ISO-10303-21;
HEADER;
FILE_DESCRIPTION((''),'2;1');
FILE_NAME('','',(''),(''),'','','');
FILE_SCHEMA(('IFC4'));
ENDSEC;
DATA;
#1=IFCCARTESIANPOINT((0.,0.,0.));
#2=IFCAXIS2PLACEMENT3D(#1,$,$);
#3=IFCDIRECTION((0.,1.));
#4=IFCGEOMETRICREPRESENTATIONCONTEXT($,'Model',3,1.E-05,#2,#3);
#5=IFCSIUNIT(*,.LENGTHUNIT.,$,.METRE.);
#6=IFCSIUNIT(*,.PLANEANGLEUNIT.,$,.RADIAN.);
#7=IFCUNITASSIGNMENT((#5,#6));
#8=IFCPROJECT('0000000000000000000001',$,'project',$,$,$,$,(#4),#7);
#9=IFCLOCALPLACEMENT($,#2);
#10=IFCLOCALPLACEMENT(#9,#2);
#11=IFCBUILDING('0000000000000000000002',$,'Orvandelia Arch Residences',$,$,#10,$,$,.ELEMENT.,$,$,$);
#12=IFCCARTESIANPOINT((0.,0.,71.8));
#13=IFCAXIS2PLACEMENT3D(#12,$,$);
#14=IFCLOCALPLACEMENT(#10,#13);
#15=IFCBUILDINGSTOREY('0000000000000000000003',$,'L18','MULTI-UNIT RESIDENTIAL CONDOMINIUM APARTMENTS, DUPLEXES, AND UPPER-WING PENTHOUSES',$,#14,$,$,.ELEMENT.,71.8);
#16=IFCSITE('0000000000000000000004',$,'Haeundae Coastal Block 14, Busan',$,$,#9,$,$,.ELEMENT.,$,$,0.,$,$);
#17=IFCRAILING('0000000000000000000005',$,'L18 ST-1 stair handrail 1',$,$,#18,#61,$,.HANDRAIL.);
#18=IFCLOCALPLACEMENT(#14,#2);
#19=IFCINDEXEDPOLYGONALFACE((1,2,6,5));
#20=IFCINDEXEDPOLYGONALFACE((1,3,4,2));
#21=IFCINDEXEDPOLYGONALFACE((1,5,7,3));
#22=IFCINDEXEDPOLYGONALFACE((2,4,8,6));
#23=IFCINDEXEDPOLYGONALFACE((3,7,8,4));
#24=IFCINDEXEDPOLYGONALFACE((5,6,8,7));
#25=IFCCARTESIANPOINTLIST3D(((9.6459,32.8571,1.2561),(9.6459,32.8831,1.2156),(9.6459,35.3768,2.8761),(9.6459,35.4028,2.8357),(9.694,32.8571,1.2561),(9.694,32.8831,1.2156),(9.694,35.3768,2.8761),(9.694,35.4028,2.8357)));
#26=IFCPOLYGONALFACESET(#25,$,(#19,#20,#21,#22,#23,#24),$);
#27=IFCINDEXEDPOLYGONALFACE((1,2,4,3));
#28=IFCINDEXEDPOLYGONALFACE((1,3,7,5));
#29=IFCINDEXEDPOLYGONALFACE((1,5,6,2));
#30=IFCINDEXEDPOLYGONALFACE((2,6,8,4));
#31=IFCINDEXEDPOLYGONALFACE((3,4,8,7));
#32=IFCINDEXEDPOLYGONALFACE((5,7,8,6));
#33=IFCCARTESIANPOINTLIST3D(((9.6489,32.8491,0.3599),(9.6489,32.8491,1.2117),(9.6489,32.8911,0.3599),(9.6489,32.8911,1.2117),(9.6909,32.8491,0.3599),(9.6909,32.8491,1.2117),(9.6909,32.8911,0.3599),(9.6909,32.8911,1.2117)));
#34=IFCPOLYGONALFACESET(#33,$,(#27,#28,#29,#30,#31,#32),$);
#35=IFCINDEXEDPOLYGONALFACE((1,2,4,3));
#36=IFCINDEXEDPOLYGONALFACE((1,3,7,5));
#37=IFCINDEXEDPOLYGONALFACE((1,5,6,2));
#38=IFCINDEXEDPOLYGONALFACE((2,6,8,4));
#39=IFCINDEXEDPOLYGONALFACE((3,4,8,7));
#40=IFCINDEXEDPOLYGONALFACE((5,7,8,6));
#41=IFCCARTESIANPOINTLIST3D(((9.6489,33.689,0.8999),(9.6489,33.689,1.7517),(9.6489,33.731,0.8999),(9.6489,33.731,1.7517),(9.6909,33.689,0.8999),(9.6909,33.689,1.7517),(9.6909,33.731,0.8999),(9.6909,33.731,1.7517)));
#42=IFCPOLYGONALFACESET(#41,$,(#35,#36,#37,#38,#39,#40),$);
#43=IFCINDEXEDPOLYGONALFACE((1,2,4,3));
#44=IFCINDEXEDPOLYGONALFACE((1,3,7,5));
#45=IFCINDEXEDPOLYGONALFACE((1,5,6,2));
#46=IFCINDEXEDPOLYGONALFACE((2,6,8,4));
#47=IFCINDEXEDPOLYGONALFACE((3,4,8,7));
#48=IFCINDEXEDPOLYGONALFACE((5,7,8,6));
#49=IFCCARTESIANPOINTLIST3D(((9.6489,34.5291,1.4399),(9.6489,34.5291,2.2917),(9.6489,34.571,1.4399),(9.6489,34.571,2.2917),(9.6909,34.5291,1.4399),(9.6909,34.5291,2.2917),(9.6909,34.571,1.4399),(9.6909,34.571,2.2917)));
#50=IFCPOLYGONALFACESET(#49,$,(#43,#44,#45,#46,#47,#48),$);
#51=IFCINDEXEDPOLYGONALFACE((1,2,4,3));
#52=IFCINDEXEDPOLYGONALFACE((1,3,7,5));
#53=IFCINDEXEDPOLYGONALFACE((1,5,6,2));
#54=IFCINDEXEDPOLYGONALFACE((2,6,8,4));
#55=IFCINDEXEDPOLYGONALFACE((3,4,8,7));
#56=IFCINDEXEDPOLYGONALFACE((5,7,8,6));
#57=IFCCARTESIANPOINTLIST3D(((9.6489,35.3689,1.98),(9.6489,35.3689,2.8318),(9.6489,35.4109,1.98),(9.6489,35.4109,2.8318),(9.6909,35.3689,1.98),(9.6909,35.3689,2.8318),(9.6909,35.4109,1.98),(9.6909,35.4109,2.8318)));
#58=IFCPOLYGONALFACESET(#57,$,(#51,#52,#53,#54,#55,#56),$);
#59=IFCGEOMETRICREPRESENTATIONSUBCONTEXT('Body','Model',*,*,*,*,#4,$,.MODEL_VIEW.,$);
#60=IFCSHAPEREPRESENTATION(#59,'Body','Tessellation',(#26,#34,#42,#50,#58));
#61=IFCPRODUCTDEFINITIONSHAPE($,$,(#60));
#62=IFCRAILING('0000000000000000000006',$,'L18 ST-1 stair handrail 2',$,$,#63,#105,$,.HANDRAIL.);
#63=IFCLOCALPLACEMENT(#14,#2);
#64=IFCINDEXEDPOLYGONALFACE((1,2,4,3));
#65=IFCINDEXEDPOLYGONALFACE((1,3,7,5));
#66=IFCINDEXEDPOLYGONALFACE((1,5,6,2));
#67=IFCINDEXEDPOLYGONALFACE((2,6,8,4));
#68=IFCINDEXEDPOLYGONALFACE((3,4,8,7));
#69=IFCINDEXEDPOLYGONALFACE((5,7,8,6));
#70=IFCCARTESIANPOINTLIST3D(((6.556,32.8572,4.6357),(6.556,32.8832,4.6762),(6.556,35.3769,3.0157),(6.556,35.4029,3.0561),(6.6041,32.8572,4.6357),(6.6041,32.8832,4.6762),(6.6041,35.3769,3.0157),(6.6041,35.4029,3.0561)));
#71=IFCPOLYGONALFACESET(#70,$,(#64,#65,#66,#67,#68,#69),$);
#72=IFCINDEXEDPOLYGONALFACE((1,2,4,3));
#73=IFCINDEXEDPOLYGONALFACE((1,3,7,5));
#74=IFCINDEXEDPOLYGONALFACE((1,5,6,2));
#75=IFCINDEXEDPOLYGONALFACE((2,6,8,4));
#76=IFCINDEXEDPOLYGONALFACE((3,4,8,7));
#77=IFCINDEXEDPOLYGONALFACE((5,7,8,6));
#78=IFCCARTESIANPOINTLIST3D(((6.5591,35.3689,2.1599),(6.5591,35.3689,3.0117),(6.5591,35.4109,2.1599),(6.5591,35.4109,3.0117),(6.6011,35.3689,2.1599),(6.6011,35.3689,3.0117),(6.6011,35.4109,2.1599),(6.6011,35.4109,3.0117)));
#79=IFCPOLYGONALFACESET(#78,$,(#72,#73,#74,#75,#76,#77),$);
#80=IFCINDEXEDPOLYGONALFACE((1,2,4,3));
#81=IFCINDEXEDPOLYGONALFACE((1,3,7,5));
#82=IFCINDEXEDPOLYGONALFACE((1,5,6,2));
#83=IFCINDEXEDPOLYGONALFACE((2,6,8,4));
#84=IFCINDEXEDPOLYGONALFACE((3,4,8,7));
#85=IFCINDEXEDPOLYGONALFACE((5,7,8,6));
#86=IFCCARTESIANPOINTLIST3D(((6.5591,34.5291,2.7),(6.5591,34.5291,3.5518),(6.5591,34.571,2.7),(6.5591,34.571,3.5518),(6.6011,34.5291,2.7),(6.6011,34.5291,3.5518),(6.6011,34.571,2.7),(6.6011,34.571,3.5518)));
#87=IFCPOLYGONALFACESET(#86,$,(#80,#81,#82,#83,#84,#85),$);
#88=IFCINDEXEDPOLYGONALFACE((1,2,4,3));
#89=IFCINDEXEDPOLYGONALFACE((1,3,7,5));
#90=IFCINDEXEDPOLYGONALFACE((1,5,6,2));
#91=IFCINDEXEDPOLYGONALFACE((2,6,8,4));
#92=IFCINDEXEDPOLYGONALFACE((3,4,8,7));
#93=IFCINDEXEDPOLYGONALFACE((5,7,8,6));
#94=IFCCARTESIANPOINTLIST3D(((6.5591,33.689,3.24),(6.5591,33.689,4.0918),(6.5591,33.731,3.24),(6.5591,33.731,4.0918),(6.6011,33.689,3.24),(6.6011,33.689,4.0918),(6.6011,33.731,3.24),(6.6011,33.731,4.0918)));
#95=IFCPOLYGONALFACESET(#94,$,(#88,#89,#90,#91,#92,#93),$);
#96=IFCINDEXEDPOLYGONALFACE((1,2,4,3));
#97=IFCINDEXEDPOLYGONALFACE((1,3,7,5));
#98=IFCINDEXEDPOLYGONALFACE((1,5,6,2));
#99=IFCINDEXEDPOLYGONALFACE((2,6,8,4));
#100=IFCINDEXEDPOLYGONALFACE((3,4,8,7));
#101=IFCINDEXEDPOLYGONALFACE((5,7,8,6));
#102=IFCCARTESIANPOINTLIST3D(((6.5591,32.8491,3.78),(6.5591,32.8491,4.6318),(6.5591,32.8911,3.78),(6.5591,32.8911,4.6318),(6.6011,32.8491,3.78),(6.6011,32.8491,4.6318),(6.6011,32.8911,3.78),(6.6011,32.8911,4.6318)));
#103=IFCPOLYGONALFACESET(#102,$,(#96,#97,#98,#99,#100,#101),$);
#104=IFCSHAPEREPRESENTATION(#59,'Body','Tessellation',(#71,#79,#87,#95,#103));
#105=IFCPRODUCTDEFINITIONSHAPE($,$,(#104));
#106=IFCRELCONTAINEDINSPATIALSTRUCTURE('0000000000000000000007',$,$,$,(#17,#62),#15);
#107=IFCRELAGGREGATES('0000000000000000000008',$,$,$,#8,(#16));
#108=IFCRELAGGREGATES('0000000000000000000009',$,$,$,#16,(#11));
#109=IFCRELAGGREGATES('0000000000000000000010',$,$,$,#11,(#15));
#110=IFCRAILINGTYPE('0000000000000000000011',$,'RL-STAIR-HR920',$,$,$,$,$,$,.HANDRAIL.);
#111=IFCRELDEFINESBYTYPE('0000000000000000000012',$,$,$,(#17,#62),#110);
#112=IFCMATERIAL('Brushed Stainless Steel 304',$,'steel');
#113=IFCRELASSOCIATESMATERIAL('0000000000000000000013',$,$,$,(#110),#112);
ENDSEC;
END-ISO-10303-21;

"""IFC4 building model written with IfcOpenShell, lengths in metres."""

from ifc_helpers import new_model, si_unit, direction, frame, origin, origin_2d, place, context, subcontext, project, spatial, rectangle, extrude, material, type_object, element, save


model = new_model("IFC4")

# Units and contexts
model_context = context("Model", 3, precision=1e-05, world=origin(), true_north=direction((0.0, 1.0)))
body_context = subcontext(model_context, "Body", "Model", "MODEL_VIEW")
ifc_project = project(units=[si_unit("LENGTHUNIT", "METRE"), si_unit("PLANEANGLEUNIT", "RADIAN")], contexts=[model_context])

# Site, building, storey
site_placement = place(None, origin())
site = spatial("IfcSite", under=ifc_project, at=site_placement, Name="Haeundae Coastal Block 14, Busan", CompositionType="ELEMENT", RefElevation=0.0)
building_placement = place(site_placement, origin())
building = spatial("IfcBuilding", under=site, at=building_placement, Name="Orvandelia Arch Residences", CompositionType="ELEMENT")
storey_placement = place(building_placement, frame((0.0, 0.0, 71.8)))
storey = spatial("IfcBuildingStorey", under=building, at=storey_placement, Name="L18", Description="MULTI-UNIT RESIDENTIAL CONDOMINIUM APARTMENTS, DUPLEXES, AND UPPER-WING PENTHOUSES", CompositionType="ELEMENT", Elevation=71.8)

# Railings
ifc_material_1 = material(Name="Brushed Stainless Steel 304", Category="steel")
railing_type_1 = type_object("IfcRailingType", Name="RL-STAIR-HR920", PredefinedType="HANDRAIL", material=ifc_material_1)
railing_1_placement = place(storey_placement, frame((9.6699, 32.8701, 0.3599)))
element("IfcRailing", 1, at=railing_1_placement, inside=storey, type_object=railing_type_1, Name="L18 ST-1 stair handrail 1", PredefinedType="HANDRAIL", context=body_context, shape_type="SweptSolid", body=[
    extrude(rectangle(XDim=0.0481, YDim=0.0481, at=origin_2d()), frame((0.0, 0.0, 0.876), z_axis=(0.0, 0.841139, 0.540819), x_axis=(-1.0, 0.0, 0.0)), (0.0, 0.0, 1.0), 2.9956),
    extrude(rectangle(XDim=0.042, YDim=0.042, at=origin_2d()), origin(), (0.0, 0.0, 1.0), 0.8518),
    extrude(rectangle(XDim=0.042, YDim=0.042, at=origin_2d()), frame((0.0, 0.8398, 0.54)), (0.0, 0.0, 1.0), 0.8518),
    extrude(rectangle(XDim=0.042, YDim=0.042, at=origin_2d()), frame((0.0, 1.6799, 1.0801)), (0.0, 0.0, 1.0), 0.8518),
    extrude(rectangle(XDim=0.042, YDim=0.042, at=origin_2d()), frame((0.0, 2.5198, 1.6201)), (0.0, 0.0, 1.0), 0.8518),
])
railing_2_placement = place(storey_placement, frame((6.5801, 35.3899, 2.1599)))
element("IfcRailing", 2, at=railing_2_placement, inside=storey, type_object=railing_type_1, Name="L18 ST-1 stair handrail 2", PredefinedType="HANDRAIL", context=body_context, shape_type="SweptSolid", body=[
    extrude(rectangle(XDim=0.0481, YDim=0.0481, at=origin_2d()), frame((0.0, 0.0, 0.876), z_axis=(0.0, -0.841139, 0.540819), x_axis=(1.0, 0.0, 0.0)), (0.0, 0.0, 1.0), 2.9956),
    extrude(rectangle(XDim=0.042, YDim=0.042, at=origin_2d()), origin(), (0.0, 0.0, 1.0), 0.8518),
    extrude(rectangle(XDim=0.042, YDim=0.042, at=origin_2d()), frame((0.0, -0.8398, 0.54)), (0.0, 0.0, 1.0), 0.8518),
    extrude(rectangle(XDim=0.042, YDim=0.042, at=origin_2d()), frame((0.0, -1.6799, 1.0801)), (0.0, 0.0, 1.0), 0.8518),
    extrude(rectangle(XDim=0.042, YDim=0.042, at=origin_2d()), frame((0.0, -2.5198, 1.6201)), (0.0, 0.0, 1.0), 0.8518),
])

save(model, "model.ifc")
